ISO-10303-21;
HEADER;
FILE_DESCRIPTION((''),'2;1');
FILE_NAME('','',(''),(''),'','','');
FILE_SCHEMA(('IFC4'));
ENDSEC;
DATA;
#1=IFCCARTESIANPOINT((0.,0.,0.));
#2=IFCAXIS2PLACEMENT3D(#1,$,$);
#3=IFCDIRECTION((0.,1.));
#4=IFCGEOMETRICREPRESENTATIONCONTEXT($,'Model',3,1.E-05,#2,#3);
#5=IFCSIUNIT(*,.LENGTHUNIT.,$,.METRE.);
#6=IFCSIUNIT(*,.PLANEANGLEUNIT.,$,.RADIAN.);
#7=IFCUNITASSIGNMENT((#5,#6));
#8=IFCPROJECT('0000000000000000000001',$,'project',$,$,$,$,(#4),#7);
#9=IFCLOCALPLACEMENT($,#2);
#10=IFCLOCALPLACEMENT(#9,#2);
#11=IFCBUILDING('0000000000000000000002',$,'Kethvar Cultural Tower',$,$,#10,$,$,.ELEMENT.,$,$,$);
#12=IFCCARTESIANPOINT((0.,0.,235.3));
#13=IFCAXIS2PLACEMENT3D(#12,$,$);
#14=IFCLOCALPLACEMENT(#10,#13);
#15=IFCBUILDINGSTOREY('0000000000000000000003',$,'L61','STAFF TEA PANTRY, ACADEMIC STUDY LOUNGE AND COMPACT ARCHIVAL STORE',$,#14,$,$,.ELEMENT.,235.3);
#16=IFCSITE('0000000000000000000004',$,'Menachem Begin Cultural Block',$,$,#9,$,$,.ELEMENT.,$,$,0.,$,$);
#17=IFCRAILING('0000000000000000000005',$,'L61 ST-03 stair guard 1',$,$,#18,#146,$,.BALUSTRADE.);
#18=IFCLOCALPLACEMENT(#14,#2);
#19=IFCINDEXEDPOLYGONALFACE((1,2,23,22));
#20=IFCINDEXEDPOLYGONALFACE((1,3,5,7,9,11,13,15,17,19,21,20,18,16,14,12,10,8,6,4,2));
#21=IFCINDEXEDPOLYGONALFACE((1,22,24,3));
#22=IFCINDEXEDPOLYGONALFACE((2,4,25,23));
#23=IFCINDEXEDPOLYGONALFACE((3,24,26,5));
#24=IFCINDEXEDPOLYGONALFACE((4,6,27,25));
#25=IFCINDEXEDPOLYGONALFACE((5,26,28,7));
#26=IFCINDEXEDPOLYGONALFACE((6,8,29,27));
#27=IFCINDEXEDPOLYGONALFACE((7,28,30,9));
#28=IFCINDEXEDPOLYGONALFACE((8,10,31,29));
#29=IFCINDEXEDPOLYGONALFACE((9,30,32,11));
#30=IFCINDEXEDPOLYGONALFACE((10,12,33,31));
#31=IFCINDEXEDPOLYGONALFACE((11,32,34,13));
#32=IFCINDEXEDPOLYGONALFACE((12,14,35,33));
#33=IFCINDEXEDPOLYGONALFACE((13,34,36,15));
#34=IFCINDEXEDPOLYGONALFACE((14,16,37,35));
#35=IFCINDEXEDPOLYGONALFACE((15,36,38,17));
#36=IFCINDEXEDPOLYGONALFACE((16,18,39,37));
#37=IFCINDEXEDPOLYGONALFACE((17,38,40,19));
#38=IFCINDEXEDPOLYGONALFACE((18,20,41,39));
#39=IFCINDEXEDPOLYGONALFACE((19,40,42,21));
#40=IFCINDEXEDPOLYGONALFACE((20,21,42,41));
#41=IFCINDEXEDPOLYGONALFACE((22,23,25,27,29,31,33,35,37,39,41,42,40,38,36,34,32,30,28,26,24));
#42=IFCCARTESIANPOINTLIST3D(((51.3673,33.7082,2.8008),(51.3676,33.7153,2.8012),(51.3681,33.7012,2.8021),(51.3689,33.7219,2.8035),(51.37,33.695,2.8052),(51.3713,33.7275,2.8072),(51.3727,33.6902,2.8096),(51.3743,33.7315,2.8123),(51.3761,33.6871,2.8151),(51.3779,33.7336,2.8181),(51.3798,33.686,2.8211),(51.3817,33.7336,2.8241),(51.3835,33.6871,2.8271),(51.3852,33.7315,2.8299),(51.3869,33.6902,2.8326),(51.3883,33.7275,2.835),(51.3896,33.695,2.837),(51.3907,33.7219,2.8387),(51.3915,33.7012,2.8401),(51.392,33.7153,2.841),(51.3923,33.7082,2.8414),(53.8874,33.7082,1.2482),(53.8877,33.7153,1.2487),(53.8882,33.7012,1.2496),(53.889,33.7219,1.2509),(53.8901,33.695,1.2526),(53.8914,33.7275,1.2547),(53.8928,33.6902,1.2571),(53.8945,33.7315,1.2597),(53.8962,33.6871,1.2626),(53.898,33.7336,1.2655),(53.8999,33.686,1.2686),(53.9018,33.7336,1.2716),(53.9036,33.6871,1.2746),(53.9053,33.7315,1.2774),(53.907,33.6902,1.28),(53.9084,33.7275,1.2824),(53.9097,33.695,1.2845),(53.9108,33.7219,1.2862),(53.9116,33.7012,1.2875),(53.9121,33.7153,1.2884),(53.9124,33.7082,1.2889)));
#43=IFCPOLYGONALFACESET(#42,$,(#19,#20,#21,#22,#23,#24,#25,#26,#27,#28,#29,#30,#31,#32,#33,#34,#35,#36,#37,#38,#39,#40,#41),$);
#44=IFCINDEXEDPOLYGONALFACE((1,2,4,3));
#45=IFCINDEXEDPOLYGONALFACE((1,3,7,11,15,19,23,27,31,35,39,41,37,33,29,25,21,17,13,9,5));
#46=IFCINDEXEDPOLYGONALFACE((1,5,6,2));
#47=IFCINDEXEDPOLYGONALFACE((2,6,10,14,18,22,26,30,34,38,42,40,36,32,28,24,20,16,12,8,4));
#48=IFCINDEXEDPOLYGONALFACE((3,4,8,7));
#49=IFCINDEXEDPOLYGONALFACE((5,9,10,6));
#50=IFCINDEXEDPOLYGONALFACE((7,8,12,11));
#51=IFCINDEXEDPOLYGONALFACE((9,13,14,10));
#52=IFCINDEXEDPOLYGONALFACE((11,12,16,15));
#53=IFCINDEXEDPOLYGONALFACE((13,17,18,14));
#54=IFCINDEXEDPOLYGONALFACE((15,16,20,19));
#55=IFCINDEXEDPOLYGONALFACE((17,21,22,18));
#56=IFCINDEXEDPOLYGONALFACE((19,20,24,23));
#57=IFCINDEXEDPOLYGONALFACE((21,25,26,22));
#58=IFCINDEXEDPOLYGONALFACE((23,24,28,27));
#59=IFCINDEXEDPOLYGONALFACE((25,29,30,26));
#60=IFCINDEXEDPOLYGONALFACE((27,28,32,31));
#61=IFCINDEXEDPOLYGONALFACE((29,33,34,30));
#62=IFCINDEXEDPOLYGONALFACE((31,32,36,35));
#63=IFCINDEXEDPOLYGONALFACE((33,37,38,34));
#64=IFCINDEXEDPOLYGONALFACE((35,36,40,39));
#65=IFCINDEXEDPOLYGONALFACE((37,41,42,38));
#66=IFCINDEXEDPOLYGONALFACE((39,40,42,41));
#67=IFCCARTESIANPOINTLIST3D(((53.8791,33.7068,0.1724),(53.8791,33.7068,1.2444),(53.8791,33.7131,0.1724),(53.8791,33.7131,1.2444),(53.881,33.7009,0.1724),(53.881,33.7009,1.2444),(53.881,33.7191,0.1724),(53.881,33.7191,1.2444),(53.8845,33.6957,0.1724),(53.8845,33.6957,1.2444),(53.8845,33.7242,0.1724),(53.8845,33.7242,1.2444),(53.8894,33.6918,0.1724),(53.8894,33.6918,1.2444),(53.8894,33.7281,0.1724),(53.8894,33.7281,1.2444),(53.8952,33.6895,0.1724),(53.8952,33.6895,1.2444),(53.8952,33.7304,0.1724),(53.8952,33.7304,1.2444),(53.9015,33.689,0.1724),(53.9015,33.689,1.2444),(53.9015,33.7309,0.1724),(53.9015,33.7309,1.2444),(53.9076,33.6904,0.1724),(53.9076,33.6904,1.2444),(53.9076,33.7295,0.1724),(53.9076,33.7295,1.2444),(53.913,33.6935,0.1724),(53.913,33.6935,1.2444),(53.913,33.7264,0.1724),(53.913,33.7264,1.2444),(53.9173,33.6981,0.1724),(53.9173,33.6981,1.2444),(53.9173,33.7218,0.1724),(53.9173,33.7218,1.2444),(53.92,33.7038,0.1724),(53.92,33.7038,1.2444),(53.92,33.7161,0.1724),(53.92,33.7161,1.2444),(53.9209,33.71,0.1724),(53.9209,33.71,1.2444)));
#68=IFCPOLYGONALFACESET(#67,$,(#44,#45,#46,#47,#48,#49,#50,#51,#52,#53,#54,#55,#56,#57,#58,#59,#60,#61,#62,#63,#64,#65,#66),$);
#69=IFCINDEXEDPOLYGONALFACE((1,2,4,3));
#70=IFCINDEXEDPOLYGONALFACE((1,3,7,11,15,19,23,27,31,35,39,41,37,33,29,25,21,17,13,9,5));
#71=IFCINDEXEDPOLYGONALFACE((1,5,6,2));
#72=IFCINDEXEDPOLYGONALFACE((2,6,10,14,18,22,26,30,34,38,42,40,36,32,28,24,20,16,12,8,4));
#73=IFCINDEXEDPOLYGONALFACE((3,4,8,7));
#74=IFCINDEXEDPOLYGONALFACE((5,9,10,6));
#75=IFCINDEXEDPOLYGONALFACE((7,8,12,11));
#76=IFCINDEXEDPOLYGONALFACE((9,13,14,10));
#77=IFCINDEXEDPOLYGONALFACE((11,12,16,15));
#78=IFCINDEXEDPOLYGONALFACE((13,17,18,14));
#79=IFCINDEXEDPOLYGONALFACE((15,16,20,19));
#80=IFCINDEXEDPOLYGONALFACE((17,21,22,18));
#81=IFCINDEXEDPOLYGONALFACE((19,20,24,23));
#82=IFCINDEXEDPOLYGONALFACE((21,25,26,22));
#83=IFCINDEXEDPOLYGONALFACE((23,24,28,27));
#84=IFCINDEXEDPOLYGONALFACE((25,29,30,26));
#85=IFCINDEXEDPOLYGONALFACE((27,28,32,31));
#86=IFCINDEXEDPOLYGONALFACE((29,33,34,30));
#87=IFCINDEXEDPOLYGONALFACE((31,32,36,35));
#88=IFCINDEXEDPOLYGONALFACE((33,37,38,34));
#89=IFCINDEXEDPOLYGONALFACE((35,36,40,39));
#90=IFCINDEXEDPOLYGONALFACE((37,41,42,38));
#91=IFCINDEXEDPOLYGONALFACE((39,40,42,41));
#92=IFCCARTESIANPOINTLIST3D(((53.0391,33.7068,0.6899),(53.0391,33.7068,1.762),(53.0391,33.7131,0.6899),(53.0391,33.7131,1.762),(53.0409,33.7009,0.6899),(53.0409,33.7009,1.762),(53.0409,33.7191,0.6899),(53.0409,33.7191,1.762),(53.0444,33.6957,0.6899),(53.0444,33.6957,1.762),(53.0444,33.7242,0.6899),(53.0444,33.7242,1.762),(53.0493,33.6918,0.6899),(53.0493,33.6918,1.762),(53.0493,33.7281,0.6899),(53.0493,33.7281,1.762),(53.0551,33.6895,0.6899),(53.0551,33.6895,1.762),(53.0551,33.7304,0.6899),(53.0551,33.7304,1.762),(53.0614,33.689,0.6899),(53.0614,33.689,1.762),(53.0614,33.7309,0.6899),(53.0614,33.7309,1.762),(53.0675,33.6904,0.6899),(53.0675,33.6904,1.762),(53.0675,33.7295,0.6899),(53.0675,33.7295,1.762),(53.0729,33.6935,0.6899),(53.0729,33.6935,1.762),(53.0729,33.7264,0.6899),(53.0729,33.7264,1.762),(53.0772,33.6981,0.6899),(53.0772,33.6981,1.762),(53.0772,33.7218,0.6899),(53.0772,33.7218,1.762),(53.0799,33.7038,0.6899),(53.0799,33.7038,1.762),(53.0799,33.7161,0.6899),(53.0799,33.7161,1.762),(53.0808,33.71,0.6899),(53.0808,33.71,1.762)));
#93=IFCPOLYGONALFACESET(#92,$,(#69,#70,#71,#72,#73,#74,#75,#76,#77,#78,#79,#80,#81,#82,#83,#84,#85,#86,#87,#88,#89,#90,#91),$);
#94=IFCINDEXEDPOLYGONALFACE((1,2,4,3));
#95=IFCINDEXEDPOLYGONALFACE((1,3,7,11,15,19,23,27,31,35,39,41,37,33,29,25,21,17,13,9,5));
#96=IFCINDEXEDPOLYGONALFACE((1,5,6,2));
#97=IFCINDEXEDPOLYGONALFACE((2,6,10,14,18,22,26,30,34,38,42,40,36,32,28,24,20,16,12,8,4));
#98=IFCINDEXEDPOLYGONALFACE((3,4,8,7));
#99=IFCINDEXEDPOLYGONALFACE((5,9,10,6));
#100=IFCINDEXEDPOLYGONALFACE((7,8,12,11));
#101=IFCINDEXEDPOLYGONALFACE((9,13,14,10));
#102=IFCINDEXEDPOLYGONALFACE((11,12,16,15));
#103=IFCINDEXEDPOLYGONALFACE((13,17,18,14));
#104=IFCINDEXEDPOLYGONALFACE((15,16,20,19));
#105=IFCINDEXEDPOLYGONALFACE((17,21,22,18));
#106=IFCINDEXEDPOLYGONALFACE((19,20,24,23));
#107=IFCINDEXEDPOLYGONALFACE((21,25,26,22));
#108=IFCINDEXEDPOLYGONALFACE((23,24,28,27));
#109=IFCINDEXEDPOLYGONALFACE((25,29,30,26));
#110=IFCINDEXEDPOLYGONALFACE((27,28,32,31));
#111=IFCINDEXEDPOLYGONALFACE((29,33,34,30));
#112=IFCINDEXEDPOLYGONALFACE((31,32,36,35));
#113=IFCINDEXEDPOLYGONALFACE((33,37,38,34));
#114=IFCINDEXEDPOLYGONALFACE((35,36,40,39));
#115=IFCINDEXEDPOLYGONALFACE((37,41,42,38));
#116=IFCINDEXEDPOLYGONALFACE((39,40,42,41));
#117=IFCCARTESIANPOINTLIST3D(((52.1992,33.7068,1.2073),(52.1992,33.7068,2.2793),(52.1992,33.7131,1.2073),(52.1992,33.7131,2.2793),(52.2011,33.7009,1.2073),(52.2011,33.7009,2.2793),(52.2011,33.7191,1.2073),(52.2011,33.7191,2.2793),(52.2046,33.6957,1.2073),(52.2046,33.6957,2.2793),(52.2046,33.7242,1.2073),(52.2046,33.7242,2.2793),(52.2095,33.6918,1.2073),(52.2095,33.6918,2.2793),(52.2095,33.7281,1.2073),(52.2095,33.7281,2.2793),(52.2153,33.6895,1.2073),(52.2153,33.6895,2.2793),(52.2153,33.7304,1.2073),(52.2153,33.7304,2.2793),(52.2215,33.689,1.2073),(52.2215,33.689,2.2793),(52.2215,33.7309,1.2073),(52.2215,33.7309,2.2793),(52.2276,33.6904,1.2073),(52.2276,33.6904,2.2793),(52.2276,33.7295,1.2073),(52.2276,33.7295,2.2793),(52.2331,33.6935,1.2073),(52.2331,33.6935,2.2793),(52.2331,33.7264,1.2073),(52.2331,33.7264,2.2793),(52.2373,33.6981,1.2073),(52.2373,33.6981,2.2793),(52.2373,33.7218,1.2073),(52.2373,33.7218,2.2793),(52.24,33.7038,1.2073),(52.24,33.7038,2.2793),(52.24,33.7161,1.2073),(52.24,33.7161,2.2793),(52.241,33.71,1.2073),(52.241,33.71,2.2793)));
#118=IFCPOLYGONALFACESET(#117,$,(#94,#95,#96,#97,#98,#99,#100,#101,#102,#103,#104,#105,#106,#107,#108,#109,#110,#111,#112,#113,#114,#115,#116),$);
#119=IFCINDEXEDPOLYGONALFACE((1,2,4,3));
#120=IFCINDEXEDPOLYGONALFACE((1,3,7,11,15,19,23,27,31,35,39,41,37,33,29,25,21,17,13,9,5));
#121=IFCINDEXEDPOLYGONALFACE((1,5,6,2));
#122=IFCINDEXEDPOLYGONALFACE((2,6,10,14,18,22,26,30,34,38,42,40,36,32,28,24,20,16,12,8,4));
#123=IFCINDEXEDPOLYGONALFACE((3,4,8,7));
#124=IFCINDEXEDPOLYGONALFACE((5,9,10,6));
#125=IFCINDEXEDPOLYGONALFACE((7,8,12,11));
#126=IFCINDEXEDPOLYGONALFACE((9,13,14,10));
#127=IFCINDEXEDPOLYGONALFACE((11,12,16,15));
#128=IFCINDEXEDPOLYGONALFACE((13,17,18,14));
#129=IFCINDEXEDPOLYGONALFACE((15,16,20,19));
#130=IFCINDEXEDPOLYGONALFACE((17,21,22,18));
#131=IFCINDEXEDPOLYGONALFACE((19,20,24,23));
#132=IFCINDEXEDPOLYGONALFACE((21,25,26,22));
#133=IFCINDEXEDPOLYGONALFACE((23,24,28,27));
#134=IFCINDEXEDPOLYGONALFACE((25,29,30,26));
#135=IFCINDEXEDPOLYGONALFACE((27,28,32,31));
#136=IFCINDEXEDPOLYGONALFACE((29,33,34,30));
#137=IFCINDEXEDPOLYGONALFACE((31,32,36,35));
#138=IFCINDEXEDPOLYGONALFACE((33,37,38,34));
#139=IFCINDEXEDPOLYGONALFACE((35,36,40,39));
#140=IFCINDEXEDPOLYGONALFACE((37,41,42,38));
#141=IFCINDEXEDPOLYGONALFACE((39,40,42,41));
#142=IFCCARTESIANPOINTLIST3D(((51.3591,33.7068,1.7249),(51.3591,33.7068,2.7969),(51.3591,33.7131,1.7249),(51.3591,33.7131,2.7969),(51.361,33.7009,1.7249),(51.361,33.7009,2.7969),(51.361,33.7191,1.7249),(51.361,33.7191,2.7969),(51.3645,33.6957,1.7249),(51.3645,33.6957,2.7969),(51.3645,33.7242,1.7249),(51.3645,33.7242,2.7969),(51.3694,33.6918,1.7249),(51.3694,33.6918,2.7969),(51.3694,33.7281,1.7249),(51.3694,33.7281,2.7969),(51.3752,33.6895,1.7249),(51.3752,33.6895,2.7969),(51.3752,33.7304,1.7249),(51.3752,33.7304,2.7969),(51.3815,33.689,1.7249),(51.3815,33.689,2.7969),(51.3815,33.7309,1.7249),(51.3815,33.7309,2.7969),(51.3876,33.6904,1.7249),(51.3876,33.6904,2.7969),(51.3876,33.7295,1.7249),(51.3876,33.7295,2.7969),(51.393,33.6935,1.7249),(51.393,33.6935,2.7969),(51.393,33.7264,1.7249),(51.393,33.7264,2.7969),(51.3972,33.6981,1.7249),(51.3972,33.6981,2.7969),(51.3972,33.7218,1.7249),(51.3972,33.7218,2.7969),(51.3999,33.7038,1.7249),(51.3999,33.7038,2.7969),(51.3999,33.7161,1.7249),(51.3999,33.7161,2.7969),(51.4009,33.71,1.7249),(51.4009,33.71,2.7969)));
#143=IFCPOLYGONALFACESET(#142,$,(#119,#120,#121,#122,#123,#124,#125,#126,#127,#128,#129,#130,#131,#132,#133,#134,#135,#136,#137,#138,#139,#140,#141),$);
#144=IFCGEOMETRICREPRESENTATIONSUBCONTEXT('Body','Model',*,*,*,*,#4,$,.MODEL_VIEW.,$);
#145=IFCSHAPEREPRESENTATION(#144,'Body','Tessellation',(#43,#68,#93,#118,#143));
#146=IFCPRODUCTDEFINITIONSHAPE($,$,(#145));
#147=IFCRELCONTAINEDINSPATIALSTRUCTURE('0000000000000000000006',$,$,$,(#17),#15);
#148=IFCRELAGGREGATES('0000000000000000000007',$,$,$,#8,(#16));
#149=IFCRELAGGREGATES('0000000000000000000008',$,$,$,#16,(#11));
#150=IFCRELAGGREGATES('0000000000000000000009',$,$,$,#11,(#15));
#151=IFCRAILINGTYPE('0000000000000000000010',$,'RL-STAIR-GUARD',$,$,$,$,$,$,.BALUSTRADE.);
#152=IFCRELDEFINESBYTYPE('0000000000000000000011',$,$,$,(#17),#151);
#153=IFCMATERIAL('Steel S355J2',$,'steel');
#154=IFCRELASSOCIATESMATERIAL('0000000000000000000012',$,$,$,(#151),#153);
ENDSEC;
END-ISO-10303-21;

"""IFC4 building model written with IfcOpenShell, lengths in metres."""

from ifc_helpers import new_model, si_unit, direction, frame, origin, origin_2d, place, context, subcontext, project, spatial, circle, extrude, material, type_object, element, save


model = new_model("IFC4")

# Units and contexts
model_context = context("Model", 3, precision=1e-05, world=origin(), true_north=direction((0.0, 1.0)))
body_context = subcontext(model_context, "Body", "Model", "MODEL_VIEW")
ifc_project = project(units=[si_unit("LENGTHUNIT", "METRE"), si_unit("PLANEANGLEUNIT", "RADIAN")], contexts=[model_context])

# Site, building, storey
site_placement = place(None, origin())
site = spatial("IfcSite", under=ifc_project, at=site_placement, Name="Menachem Begin Cultural Block", CompositionType="ELEMENT", RefElevation=0.0)
building_placement = place(site_placement, origin())
building = spatial("IfcBuilding", under=site, at=building_placement, Name="Kethvar Cultural Tower", CompositionType="ELEMENT")
storey_placement = place(building_placement, frame((0.0, 0.0, 235.3)))
storey = spatial("IfcBuildingStorey", under=building, at=storey_placement, Name="L61", Description="STAFF TEA PANTRY, ACADEMIC STUDY LOUNGE AND COMPACT ARCHIVAL STORE", CompositionType="ELEMENT", Elevation=235.3)

# Shared definitions
ifc_material_1 = material(Name="Steel S355J2", Category="steel")

# Railing
railing_type_1 = type_object("IfcRailingType", Name="RL-STAIR-GUARD", PredefinedType="BALUSTRADE", material=ifc_material_1)
railing_1_placement = place(storey_placement, frame((53.8999, 33.71, 0.1724)))
element("IfcRailing", 1, at=railing_1_placement, inside=storey, type_object=railing_type_1, Name="L61 ST-03 stair guard 1", PredefinedType="BALUSTRADE", context=body_context, shape_type="SweptSolid", body=[
    extrude(circle(Radius=0.0239, at=origin_2d()), frame((0.0, 0.0, 1.0962), z_axis=(-0.8514, 0.0, 0.524516), x_axis=(0.0, -1.0, 0.0)), (0.0, 0.0, 1.0), 2.96),
    extrude(circle(Radius=0.021, at=origin_2d()), origin(), (0.0, 0.0, 1.0), 1.072),
    extrude(circle(Radius=0.021, at=origin_2d()), frame((-0.8401, 0.0, 0.5176)), (0.0, 0.0, 1.0), 1.072),
    extrude(circle(Radius=0.021, at=origin_2d()), frame((-1.6799, 0.0, 1.0349)), (0.0, 0.0, 1.0), 1.072),
    extrude(circle(Radius=0.021, at=origin_2d()), frame((-2.52, 0.0, 1.5525)), (0.0, 0.0, 1.0), 1.072),
])

save(model, "model.ifc")
